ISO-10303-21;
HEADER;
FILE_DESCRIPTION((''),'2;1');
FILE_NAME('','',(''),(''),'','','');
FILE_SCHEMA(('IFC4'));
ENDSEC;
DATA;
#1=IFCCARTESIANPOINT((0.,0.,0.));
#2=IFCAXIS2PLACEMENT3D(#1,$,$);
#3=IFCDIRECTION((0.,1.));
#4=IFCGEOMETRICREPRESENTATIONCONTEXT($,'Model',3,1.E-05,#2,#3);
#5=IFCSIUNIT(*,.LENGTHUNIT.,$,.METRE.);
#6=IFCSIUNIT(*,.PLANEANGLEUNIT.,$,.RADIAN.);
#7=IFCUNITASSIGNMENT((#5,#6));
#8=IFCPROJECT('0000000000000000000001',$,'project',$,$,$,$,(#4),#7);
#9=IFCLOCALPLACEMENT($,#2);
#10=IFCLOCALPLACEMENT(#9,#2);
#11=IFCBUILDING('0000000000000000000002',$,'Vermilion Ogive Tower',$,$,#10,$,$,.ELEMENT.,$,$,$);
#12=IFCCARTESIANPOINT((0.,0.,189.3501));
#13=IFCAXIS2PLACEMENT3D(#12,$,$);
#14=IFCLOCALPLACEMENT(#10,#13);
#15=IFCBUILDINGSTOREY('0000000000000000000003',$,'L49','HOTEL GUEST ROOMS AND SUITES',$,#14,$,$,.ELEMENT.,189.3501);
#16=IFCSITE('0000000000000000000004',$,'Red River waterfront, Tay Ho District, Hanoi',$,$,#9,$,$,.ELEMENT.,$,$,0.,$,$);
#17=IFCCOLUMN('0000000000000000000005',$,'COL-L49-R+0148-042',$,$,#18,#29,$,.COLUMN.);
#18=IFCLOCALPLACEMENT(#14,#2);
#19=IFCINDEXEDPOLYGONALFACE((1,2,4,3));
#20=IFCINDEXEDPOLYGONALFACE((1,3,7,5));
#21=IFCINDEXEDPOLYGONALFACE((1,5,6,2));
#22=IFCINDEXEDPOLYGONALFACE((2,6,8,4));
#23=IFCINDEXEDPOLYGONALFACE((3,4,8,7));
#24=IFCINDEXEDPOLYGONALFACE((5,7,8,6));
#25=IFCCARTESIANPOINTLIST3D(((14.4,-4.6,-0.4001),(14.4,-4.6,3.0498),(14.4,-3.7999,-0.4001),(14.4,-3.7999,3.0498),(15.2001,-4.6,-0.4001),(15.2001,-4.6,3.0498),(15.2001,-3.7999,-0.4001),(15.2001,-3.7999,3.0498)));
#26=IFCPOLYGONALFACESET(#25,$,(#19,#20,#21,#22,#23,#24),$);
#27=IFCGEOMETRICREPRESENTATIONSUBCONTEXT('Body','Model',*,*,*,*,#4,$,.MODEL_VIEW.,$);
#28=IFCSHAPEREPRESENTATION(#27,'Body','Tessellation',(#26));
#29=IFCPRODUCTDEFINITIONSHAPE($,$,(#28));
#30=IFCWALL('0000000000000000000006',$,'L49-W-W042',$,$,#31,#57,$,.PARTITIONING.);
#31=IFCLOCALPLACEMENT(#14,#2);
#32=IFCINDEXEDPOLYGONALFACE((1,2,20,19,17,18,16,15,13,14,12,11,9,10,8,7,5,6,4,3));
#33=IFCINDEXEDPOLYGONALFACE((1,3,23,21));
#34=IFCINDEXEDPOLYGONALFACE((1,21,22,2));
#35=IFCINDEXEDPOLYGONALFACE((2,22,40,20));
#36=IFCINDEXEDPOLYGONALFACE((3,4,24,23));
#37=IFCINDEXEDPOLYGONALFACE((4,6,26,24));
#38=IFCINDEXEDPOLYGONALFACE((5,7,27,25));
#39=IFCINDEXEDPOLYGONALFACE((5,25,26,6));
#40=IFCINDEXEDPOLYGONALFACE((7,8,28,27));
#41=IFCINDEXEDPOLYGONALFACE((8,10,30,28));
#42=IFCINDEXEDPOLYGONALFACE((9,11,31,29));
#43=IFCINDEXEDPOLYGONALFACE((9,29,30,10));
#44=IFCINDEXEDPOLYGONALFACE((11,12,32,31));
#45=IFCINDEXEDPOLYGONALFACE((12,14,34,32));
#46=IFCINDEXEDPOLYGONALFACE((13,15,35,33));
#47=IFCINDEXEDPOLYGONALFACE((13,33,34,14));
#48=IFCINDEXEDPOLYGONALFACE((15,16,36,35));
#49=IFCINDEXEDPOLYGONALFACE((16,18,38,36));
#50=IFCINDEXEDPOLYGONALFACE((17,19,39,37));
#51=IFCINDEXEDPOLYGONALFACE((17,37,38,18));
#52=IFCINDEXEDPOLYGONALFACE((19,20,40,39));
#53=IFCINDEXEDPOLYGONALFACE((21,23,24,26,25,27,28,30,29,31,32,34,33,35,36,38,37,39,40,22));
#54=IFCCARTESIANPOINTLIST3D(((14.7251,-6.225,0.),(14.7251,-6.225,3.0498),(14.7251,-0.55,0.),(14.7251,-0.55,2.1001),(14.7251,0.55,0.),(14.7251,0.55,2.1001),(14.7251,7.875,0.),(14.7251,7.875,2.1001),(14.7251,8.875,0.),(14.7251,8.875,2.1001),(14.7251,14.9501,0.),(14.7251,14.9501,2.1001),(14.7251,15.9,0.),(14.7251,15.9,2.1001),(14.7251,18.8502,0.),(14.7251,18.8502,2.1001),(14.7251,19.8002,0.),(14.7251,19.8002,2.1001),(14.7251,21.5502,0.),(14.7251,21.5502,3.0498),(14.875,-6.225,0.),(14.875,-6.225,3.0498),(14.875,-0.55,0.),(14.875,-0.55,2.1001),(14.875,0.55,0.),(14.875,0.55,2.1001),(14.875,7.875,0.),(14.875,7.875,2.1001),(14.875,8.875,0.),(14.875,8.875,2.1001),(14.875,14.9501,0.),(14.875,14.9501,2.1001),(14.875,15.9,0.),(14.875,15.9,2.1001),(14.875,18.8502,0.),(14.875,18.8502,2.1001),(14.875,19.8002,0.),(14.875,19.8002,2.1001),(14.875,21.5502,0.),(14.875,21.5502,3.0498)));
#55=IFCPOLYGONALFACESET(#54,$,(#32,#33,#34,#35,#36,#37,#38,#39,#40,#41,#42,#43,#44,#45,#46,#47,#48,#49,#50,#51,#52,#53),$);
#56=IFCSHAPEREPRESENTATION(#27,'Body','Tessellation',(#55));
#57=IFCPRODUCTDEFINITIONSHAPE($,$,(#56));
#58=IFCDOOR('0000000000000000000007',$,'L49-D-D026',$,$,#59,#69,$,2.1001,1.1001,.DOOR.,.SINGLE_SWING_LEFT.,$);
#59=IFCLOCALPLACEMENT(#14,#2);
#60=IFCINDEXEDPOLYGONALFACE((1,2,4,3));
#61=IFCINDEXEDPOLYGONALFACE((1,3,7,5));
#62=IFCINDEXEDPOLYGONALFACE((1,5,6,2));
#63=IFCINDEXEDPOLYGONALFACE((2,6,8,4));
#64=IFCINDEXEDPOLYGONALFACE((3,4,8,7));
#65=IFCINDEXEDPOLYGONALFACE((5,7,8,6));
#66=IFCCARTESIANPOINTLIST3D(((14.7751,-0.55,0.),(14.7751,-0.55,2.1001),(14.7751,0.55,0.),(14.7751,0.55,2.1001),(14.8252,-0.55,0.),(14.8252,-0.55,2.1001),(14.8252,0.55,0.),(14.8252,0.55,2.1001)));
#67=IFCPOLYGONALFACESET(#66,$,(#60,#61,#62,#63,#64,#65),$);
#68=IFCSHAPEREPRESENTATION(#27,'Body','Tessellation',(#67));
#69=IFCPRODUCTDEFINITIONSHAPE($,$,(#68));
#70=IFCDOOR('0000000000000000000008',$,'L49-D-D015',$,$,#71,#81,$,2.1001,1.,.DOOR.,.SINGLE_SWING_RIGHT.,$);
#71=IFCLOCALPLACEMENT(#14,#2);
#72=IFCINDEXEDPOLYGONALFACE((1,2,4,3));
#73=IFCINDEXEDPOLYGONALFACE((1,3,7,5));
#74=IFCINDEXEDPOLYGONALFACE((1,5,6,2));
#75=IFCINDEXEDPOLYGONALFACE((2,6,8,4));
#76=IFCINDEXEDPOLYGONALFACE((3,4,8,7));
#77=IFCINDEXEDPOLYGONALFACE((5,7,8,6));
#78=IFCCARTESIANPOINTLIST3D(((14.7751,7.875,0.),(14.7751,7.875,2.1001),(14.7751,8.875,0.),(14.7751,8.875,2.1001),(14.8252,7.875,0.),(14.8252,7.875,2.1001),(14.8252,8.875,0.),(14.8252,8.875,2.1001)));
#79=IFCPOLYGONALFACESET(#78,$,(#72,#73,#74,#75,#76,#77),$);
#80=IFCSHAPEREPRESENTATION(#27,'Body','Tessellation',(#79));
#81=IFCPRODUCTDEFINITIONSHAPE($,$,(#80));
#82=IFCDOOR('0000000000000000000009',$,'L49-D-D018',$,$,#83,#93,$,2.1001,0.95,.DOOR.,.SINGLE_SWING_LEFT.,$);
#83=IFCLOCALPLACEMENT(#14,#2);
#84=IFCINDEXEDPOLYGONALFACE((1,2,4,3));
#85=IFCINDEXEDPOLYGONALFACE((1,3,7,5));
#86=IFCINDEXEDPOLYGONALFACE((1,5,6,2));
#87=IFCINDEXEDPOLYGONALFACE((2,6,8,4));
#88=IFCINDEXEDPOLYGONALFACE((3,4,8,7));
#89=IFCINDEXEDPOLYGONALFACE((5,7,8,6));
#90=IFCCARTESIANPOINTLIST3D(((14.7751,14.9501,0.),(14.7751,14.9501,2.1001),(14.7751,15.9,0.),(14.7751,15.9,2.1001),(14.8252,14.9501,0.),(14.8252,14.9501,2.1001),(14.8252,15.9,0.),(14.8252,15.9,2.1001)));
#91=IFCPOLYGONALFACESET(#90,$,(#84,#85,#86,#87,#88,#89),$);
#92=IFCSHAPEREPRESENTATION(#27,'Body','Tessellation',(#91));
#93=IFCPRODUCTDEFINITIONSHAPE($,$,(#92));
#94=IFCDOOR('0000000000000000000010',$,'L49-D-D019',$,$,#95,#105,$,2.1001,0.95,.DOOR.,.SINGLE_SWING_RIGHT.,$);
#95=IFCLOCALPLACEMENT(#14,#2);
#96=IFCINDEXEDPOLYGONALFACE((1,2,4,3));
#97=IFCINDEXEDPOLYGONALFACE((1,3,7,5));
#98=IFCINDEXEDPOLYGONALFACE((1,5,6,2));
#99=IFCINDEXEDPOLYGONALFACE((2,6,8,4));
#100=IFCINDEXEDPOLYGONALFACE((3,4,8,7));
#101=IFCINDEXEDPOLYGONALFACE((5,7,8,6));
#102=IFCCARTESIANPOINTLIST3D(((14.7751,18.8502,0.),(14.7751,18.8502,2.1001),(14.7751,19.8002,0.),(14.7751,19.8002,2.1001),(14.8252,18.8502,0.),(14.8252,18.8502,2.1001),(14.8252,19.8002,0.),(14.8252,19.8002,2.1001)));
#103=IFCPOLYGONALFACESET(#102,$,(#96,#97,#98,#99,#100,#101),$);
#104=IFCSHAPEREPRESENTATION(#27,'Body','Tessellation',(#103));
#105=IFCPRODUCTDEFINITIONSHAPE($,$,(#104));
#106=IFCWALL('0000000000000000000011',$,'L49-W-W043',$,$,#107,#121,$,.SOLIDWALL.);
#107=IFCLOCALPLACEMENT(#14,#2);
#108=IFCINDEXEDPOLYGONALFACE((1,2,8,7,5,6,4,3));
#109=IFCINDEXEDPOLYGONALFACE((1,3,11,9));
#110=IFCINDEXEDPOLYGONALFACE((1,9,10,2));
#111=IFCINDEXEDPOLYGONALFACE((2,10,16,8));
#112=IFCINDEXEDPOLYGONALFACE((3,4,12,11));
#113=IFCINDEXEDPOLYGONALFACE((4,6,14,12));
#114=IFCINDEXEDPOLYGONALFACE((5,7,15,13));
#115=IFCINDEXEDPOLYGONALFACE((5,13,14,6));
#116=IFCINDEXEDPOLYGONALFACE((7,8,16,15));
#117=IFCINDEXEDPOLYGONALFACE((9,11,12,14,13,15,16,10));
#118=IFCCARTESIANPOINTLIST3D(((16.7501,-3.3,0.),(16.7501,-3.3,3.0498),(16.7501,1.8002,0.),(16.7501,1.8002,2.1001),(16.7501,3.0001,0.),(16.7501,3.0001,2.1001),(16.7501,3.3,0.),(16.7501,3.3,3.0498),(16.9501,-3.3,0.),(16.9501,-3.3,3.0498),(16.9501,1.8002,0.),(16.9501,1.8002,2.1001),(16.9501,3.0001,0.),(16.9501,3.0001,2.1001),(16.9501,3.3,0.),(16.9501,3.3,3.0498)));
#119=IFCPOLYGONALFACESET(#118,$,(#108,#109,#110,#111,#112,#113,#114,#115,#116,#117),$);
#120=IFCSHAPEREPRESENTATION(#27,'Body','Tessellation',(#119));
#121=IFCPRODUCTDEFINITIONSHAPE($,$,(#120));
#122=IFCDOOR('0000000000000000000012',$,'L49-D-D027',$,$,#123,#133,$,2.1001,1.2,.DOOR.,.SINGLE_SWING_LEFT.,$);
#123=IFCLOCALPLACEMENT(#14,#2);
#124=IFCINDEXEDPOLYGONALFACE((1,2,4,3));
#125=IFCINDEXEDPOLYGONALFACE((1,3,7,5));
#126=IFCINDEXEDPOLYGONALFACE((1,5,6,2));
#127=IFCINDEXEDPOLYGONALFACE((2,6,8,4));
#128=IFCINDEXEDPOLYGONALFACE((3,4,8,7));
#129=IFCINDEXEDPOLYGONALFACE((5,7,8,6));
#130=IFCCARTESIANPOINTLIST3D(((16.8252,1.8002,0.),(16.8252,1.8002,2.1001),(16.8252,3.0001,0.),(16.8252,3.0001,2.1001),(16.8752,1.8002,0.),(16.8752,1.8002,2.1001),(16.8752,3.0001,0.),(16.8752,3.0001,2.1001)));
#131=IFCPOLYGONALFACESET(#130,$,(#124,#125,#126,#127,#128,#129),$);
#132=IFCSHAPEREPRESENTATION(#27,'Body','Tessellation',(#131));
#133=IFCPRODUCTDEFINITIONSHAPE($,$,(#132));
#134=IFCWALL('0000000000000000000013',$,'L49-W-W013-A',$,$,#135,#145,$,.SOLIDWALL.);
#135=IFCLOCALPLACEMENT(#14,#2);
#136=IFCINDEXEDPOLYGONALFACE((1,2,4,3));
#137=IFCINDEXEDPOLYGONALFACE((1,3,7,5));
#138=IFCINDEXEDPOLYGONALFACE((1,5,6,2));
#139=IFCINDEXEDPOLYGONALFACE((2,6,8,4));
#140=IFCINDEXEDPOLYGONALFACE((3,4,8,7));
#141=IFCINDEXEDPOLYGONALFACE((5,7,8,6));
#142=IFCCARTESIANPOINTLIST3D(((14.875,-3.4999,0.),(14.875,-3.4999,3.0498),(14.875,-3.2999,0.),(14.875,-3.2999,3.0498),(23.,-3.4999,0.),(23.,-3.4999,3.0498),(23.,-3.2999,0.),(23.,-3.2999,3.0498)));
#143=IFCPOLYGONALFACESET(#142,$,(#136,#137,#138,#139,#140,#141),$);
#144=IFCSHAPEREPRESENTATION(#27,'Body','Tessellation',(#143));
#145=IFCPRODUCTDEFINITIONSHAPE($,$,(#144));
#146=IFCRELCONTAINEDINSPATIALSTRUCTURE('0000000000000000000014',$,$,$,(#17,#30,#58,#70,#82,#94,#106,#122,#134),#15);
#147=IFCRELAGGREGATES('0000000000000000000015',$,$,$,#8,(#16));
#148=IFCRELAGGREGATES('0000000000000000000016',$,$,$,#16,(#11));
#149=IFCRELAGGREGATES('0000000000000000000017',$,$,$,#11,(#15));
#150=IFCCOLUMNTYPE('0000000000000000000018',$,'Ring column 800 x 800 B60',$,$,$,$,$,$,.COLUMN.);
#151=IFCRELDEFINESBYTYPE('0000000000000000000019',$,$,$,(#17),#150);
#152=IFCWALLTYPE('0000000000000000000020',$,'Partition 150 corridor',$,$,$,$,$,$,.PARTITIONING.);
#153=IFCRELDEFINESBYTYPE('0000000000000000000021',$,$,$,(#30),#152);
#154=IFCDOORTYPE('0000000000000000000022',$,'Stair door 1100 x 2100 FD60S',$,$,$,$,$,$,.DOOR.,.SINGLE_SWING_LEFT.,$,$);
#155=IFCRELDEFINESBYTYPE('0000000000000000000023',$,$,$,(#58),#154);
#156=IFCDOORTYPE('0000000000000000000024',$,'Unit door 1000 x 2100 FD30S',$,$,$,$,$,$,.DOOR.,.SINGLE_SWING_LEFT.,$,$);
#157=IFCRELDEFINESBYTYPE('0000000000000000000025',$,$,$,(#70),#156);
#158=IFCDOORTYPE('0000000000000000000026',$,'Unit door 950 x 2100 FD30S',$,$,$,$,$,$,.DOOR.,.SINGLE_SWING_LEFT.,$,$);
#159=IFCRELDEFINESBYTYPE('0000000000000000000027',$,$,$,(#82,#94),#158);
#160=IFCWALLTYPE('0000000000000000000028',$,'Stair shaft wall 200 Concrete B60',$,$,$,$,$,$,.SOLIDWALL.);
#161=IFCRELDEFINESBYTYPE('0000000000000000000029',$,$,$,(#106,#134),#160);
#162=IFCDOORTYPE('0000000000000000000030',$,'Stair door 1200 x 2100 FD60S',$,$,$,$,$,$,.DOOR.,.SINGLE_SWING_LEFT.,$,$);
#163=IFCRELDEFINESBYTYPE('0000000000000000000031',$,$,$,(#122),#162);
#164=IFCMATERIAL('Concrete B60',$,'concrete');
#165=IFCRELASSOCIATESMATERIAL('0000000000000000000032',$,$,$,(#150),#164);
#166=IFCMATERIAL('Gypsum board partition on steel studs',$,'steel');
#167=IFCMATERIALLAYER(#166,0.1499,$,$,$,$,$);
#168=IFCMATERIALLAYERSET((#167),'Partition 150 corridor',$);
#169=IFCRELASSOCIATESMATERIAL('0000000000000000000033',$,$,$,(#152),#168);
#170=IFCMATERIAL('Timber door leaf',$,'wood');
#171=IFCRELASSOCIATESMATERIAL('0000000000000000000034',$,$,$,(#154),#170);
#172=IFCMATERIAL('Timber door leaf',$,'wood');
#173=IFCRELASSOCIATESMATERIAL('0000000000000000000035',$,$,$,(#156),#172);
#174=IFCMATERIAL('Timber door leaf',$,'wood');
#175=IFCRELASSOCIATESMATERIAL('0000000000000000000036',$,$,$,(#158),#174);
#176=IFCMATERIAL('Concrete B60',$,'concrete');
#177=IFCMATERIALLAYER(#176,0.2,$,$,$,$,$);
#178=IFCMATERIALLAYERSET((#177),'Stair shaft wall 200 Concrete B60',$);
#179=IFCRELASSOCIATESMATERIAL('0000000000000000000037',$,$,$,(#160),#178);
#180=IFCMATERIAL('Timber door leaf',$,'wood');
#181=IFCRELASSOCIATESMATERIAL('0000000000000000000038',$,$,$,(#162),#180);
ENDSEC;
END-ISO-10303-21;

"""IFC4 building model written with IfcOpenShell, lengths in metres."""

from ifc_helpers import new_model, si_unit, direction, frame, frame_2d, origin, origin_2d, place, context, subcontext, project, spatial, rectangle, extrude, material, layer, layer_set, material_profile, profile_set, type_object, element, fill, save


model = new_model("IFC4")

# Units and contexts
model_context = context("Model", 3, precision=1e-05, world=origin(), true_north=direction((0.0, 1.0)))
body_context = subcontext(model_context, "Body", "Model", "MODEL_VIEW")
ifc_project = project(units=[si_unit("LENGTHUNIT", "METRE"), si_unit("PLANEANGLEUNIT", "RADIAN")], contexts=[model_context])

# Site, building, storey
site_placement = place(None, origin())
site = spatial("IfcSite", under=ifc_project, at=site_placement, Name="Red River waterfront, Tay Ho District, Hanoi", CompositionType="ELEMENT", RefElevation=0.0)
building_placement = place(site_placement, origin())
building = spatial("IfcBuilding", under=site, at=building_placement, Name="Vermilion Ogive Tower", CompositionType="ELEMENT")
storey_placement = place(building_placement, frame((0.0, 0.0, 189.3501)))
storey = spatial("IfcBuildingStorey", under=building, at=storey_placement, Name="L49", Description="HOTEL GUEST ROOMS AND SUITES", CompositionType="ELEMENT", Elevation=189.3501)

# Column
ifc_material_1 = material(Name="Concrete B60", Category="concrete")
ifc_material_profile = material_profile(ifc_material_1, rectangle(XDim=0.8, YDim=0.8, at=origin_2d()), Name="800 x 800")
ifc_profile_set = profile_set([ifc_material_profile], Name="Concrete B60")
column_type = type_object("IfcColumnType", Name="Ring column 800 x 800 B60", PredefinedType="COLUMN", material=ifc_profile_set)
column_placement = place(storey_placement, frame((14.8, -4.2, -0.4001), z_axis=(0.0, 0.0, 1.0), x_axis=(1.0, 0.0, 0.0)))
element("IfcColumn", 1, at=column_placement, inside=storey, type_object=column_type, Name="COL-L49-R+0148-042", PredefinedType="COLUMN", context=body_context, shape_type="SweptSolid", body=[
    extrude(rectangle(XDim=0.8, YDim=0.8, at=origin_2d()), origin(), (0.0, 0.0, 1.0), 3.45),
])

# Wall, openings, doors
ifc_material_2 = material(Name="Gypsum board partition on steel studs", Category="steel")
ifc_layer_1 = layer(ifc_material_2, 0.1499)
ifc_layer_set_1 = layer_set([ifc_layer_1], Name="Partition 150 corridor")
wall_type_1 = type_object("IfcWallType", Name="Partition 150 corridor", PredefinedType="PARTITIONING", material=ifc_layer_set_1)
wall_1_placement = place(storey_placement, frame((14.8, -6.2251, 0.0), z_axis=(0.0, 0.0, 1.0), x_axis=(0.0, 1.0, 0.0)))
wall_1 = element("IfcWall", 2, at=wall_1_placement, inside=storey, type_object=wall_type_1, Name="L49-W-W042", PredefinedType="PARTITIONING", context=body_context, shape_type="SweptSolid", body=[
    extrude(rectangle(XDim=27.7751, YDim=0.1499, at=frame_2d((13.8877, 0.0))), origin(), (0.0, 0.0, 1.0), 3.0498),
])
opening_1_placement = place(wall_1_placement, frame((14.1001, 0.0, 0.0)))
opening_1 = element("IfcOpeningElement", 3, at=opening_1_placement, cuts=wall_1, PredefinedType="OPENING", context=body_context, shape_type="SweptSolid", body=[
    extrude(rectangle(XDim=1.0, YDim=2.1001, at=frame_2d((0.5, 1.05))), frame((0.0, 0.085, 0.0), z_axis=(0.0, -1.0, 0.0), x_axis=(1.0, 0.0, 0.0)), (0.0, 0.0, 1.0), 0.1699),
])
opening_2_placement = place(wall_1_placement, frame((21.175, 0.0, 0.0)))
opening_2 = element("IfcOpeningElement", 4, at=opening_2_placement, cuts=wall_1, PredefinedType="OPENING", context=body_context, shape_type="SweptSolid", body=[
    extrude(rectangle(XDim=0.95, YDim=2.1001, at=frame_2d((0.4751, 1.05))), frame((0.0, 0.085, 0.0), z_axis=(0.0, -1.0, 0.0), x_axis=(1.0, 0.0, 0.0)), (0.0, 0.0, 1.0), 0.1699),
])
opening_3_placement = place(wall_1_placement, frame((25.0752, 0.0, 0.0)))
opening_3 = element("IfcOpeningElement", 5, at=opening_3_placement, cuts=wall_1, PredefinedType="OPENING", context=body_context, shape_type="SweptSolid", body=[
    extrude(rectangle(XDim=0.95, YDim=2.1001, at=frame_2d((0.4751, 1.05))), frame((0.0, 0.085, 0.0), z_axis=(0.0, -1.0, 0.0), x_axis=(1.0, 0.0, 0.0)), (0.0, 0.0, 1.0), 0.1699),
])
opening_4_placement = place(wall_1_placement, frame((5.675, 0.0, 0.0)))
opening_4 = element("IfcOpeningElement", 6, at=opening_4_placement, cuts=wall_1, PredefinedType="OPENING", context=body_context, shape_type="SweptSolid", body=[
    extrude(rectangle(XDim=1.1001, YDim=2.1001, at=frame_2d((0.55, 1.05))), frame((0.0, 0.085, 0.0), z_axis=(0.0, -1.0, 0.0), x_axis=(1.0, 0.0, 0.0)), (0.0, 0.0, 1.0), 0.1699),
])
ifc_material_3 = material(Name="Timber door leaf", Category="wood")
door_type_1 = type_object("IfcDoorType", Name="Stair door 1100 x 2100 FD60S", OperationType="SINGLE_SWING_LEFT", PredefinedType="DOOR", material=ifc_material_3)
door_1_placement = place(opening_4_placement, origin())
door_1 = element("IfcDoor", 7, at=door_1_placement, inside=storey, type_object=door_type_1, Name="L49-D-D026", OperationType="SINGLE_SWING_LEFT", OverallHeight=2.1001, OverallWidth=1.1001, PredefinedType="DOOR", context=body_context, shape_type="SweptSolid", body=[
    extrude(rectangle(XDim=1.1001, YDim=2.1001, at=frame_2d((0.55, 1.05))), frame((0.0, 0.0249, 0.0), z_axis=(0.0, -1.0, 0.0), x_axis=(1.0, 0.0, 0.0)), (0.0, 0.0, 1.0), 0.05),
])
fill(opening_4, door_1)
ifc_material_4 = material(Name="Timber door leaf", Category="wood")
door_type_2 = type_object("IfcDoorType", Name="Unit door 1000 x 2100 FD30S", OperationType="SINGLE_SWING_LEFT", PredefinedType="DOOR", material=ifc_material_4)
door_2_placement = place(opening_1_placement, origin())
door_2 = element("IfcDoor", 8, at=door_2_placement, inside=storey, type_object=door_type_2, Name="L49-D-D015", OperationType="SINGLE_SWING_RIGHT", OverallHeight=2.1001, OverallWidth=1.0, PredefinedType="DOOR", context=body_context, shape_type="SweptSolid", body=[
    extrude(rectangle(XDim=1.0, YDim=2.1001, at=frame_2d((0.5, 1.05))), frame((0.0, 0.0249, 0.0), z_axis=(0.0, -1.0, 0.0), x_axis=(1.0, 0.0, 0.0)), (0.0, 0.0, 1.0), 0.05),
])
fill(opening_1, door_2)
ifc_material_5 = material(Name="Timber door leaf", Category="wood")
door_type_3 = type_object("IfcDoorType", Name="Unit door 950 x 2100 FD30S", OperationType="SINGLE_SWING_LEFT", PredefinedType="DOOR", material=ifc_material_5)
door_3_placement = place(opening_2_placement, origin())
door_3 = element("IfcDoor", 9, at=door_3_placement, inside=storey, type_object=door_type_3, Name="L49-D-D018", OperationType="SINGLE_SWING_LEFT", OverallHeight=2.1001, OverallWidth=0.95, PredefinedType="DOOR", context=body_context, shape_type="SweptSolid", body=[
    extrude(rectangle(XDim=0.95, YDim=2.1001, at=frame_2d((0.4751, 1.05))), frame((0.0, 0.0249, 0.0), z_axis=(0.0, -1.0, 0.0), x_axis=(1.0, 0.0, 0.0)), (0.0, 0.0, 1.0), 0.05),
])
fill(opening_2, door_3)
door_4_placement = place(opening_3_placement, origin())
door_4 = element("IfcDoor", 10, at=door_4_placement, inside=storey, type_object=door_type_3, Name="L49-D-D019", OperationType="SINGLE_SWING_RIGHT", OverallHeight=2.1001, OverallWidth=0.95, PredefinedType="DOOR", context=body_context, shape_type="SweptSolid", body=[
    extrude(rectangle(XDim=0.95, YDim=2.1001, at=frame_2d((0.4751, 1.05))), frame((0.0, 0.0249, 0.0), z_axis=(0.0, -1.0, 0.0), x_axis=(1.0, 0.0, 0.0)), (0.0, 0.0, 1.0), 0.05),
])
fill(opening_3, door_4)

# Wall, opening, door
ifc_material_6 = material(Name="Concrete B60", Category="concrete")
ifc_layer_2 = layer(ifc_material_6, 0.2)
ifc_layer_set_2 = layer_set([ifc_layer_2], Name="Stair shaft wall 200 Concrete B60")
wall_type_2 = type_object("IfcWallType", Name="Stair shaft wall 200 Concrete B60", PredefinedType="SOLIDWALL", material=ifc_layer_set_2)
wall_2_placement = place(storey_placement, frame((16.8501, -3.3, 0.0), z_axis=(0.0, 0.0, 1.0), x_axis=(0.0, 1.0, 0.0)))
wall_2 = element("IfcWall", 11, at=wall_2_placement, inside=storey, type_object=wall_type_2, Name="L49-W-W043", PredefinedType="SOLIDWALL", context=body_context, shape_type="SweptSolid", body=[
    extrude(rectangle(XDim=6.6001, YDim=0.2, at=frame_2d((3.3, 0.0))), origin(), (0.0, 0.0, 1.0), 3.0498),
])
opening_5_placement = place(wall_2_placement, frame((5.1001, 0.0, 0.0)))
opening_5 = element("IfcOpeningElement", 12, at=opening_5_placement, cuts=wall_2, PredefinedType="OPENING", context=body_context, shape_type="SweptSolid", body=[
    extrude(rectangle(XDim=1.2, YDim=2.1001, at=frame_2d((0.6001, 1.05))), frame((0.0, 0.1099, 0.0), z_axis=(0.0, -1.0, 0.0), x_axis=(1.0, 0.0, 0.0)), (0.0, 0.0, 1.0), 0.22),
])
ifc_material_7 = material(Name="Timber door leaf", Category="wood")
door_type_4 = type_object("IfcDoorType", Name="Stair door 1200 x 2100 FD60S", OperationType="SINGLE_SWING_LEFT", PredefinedType="DOOR", material=ifc_material_7)
door_5_placement = place(opening_5_placement, origin())
door_5 = element("IfcDoor", 13, at=door_5_placement, inside=storey, type_object=door_type_4, Name="L49-D-D027", OperationType="SINGLE_SWING_LEFT", OverallHeight=2.1001, OverallWidth=1.2, PredefinedType="DOOR", context=body_context, shape_type="SweptSolid", body=[
    extrude(rectangle(XDim=1.2, YDim=2.1001, at=frame_2d((0.6001, 1.05))), frame((0.0, 0.0249, 0.0), z_axis=(0.0, -1.0, 0.0), x_axis=(1.0, 0.0, 0.0)), (0.0, 0.0, 1.0), 0.05),
])
fill(opening_5, door_5)

# Wall
wall_3_placement = place(storey_placement, frame((14.875, -3.3999, 0.0), z_axis=(0.0, 0.0, 1.0), x_axis=(1.0, 0.0, 0.0)))
element("IfcWall", 14, at=wall_3_placement, inside=storey, type_object=wall_type_2, Name="L49-W-W013-A", PredefinedType="SOLIDWALL", context=body_context, shape_type="SweptSolid", body=[
    extrude(rectangle(XDim=8.125, YDim=0.2, at=frame_2d((4.0625, 0.0))), origin(), (0.0, 0.0, 1.0), 3.0498),
])

save(model, "model.ifc")
